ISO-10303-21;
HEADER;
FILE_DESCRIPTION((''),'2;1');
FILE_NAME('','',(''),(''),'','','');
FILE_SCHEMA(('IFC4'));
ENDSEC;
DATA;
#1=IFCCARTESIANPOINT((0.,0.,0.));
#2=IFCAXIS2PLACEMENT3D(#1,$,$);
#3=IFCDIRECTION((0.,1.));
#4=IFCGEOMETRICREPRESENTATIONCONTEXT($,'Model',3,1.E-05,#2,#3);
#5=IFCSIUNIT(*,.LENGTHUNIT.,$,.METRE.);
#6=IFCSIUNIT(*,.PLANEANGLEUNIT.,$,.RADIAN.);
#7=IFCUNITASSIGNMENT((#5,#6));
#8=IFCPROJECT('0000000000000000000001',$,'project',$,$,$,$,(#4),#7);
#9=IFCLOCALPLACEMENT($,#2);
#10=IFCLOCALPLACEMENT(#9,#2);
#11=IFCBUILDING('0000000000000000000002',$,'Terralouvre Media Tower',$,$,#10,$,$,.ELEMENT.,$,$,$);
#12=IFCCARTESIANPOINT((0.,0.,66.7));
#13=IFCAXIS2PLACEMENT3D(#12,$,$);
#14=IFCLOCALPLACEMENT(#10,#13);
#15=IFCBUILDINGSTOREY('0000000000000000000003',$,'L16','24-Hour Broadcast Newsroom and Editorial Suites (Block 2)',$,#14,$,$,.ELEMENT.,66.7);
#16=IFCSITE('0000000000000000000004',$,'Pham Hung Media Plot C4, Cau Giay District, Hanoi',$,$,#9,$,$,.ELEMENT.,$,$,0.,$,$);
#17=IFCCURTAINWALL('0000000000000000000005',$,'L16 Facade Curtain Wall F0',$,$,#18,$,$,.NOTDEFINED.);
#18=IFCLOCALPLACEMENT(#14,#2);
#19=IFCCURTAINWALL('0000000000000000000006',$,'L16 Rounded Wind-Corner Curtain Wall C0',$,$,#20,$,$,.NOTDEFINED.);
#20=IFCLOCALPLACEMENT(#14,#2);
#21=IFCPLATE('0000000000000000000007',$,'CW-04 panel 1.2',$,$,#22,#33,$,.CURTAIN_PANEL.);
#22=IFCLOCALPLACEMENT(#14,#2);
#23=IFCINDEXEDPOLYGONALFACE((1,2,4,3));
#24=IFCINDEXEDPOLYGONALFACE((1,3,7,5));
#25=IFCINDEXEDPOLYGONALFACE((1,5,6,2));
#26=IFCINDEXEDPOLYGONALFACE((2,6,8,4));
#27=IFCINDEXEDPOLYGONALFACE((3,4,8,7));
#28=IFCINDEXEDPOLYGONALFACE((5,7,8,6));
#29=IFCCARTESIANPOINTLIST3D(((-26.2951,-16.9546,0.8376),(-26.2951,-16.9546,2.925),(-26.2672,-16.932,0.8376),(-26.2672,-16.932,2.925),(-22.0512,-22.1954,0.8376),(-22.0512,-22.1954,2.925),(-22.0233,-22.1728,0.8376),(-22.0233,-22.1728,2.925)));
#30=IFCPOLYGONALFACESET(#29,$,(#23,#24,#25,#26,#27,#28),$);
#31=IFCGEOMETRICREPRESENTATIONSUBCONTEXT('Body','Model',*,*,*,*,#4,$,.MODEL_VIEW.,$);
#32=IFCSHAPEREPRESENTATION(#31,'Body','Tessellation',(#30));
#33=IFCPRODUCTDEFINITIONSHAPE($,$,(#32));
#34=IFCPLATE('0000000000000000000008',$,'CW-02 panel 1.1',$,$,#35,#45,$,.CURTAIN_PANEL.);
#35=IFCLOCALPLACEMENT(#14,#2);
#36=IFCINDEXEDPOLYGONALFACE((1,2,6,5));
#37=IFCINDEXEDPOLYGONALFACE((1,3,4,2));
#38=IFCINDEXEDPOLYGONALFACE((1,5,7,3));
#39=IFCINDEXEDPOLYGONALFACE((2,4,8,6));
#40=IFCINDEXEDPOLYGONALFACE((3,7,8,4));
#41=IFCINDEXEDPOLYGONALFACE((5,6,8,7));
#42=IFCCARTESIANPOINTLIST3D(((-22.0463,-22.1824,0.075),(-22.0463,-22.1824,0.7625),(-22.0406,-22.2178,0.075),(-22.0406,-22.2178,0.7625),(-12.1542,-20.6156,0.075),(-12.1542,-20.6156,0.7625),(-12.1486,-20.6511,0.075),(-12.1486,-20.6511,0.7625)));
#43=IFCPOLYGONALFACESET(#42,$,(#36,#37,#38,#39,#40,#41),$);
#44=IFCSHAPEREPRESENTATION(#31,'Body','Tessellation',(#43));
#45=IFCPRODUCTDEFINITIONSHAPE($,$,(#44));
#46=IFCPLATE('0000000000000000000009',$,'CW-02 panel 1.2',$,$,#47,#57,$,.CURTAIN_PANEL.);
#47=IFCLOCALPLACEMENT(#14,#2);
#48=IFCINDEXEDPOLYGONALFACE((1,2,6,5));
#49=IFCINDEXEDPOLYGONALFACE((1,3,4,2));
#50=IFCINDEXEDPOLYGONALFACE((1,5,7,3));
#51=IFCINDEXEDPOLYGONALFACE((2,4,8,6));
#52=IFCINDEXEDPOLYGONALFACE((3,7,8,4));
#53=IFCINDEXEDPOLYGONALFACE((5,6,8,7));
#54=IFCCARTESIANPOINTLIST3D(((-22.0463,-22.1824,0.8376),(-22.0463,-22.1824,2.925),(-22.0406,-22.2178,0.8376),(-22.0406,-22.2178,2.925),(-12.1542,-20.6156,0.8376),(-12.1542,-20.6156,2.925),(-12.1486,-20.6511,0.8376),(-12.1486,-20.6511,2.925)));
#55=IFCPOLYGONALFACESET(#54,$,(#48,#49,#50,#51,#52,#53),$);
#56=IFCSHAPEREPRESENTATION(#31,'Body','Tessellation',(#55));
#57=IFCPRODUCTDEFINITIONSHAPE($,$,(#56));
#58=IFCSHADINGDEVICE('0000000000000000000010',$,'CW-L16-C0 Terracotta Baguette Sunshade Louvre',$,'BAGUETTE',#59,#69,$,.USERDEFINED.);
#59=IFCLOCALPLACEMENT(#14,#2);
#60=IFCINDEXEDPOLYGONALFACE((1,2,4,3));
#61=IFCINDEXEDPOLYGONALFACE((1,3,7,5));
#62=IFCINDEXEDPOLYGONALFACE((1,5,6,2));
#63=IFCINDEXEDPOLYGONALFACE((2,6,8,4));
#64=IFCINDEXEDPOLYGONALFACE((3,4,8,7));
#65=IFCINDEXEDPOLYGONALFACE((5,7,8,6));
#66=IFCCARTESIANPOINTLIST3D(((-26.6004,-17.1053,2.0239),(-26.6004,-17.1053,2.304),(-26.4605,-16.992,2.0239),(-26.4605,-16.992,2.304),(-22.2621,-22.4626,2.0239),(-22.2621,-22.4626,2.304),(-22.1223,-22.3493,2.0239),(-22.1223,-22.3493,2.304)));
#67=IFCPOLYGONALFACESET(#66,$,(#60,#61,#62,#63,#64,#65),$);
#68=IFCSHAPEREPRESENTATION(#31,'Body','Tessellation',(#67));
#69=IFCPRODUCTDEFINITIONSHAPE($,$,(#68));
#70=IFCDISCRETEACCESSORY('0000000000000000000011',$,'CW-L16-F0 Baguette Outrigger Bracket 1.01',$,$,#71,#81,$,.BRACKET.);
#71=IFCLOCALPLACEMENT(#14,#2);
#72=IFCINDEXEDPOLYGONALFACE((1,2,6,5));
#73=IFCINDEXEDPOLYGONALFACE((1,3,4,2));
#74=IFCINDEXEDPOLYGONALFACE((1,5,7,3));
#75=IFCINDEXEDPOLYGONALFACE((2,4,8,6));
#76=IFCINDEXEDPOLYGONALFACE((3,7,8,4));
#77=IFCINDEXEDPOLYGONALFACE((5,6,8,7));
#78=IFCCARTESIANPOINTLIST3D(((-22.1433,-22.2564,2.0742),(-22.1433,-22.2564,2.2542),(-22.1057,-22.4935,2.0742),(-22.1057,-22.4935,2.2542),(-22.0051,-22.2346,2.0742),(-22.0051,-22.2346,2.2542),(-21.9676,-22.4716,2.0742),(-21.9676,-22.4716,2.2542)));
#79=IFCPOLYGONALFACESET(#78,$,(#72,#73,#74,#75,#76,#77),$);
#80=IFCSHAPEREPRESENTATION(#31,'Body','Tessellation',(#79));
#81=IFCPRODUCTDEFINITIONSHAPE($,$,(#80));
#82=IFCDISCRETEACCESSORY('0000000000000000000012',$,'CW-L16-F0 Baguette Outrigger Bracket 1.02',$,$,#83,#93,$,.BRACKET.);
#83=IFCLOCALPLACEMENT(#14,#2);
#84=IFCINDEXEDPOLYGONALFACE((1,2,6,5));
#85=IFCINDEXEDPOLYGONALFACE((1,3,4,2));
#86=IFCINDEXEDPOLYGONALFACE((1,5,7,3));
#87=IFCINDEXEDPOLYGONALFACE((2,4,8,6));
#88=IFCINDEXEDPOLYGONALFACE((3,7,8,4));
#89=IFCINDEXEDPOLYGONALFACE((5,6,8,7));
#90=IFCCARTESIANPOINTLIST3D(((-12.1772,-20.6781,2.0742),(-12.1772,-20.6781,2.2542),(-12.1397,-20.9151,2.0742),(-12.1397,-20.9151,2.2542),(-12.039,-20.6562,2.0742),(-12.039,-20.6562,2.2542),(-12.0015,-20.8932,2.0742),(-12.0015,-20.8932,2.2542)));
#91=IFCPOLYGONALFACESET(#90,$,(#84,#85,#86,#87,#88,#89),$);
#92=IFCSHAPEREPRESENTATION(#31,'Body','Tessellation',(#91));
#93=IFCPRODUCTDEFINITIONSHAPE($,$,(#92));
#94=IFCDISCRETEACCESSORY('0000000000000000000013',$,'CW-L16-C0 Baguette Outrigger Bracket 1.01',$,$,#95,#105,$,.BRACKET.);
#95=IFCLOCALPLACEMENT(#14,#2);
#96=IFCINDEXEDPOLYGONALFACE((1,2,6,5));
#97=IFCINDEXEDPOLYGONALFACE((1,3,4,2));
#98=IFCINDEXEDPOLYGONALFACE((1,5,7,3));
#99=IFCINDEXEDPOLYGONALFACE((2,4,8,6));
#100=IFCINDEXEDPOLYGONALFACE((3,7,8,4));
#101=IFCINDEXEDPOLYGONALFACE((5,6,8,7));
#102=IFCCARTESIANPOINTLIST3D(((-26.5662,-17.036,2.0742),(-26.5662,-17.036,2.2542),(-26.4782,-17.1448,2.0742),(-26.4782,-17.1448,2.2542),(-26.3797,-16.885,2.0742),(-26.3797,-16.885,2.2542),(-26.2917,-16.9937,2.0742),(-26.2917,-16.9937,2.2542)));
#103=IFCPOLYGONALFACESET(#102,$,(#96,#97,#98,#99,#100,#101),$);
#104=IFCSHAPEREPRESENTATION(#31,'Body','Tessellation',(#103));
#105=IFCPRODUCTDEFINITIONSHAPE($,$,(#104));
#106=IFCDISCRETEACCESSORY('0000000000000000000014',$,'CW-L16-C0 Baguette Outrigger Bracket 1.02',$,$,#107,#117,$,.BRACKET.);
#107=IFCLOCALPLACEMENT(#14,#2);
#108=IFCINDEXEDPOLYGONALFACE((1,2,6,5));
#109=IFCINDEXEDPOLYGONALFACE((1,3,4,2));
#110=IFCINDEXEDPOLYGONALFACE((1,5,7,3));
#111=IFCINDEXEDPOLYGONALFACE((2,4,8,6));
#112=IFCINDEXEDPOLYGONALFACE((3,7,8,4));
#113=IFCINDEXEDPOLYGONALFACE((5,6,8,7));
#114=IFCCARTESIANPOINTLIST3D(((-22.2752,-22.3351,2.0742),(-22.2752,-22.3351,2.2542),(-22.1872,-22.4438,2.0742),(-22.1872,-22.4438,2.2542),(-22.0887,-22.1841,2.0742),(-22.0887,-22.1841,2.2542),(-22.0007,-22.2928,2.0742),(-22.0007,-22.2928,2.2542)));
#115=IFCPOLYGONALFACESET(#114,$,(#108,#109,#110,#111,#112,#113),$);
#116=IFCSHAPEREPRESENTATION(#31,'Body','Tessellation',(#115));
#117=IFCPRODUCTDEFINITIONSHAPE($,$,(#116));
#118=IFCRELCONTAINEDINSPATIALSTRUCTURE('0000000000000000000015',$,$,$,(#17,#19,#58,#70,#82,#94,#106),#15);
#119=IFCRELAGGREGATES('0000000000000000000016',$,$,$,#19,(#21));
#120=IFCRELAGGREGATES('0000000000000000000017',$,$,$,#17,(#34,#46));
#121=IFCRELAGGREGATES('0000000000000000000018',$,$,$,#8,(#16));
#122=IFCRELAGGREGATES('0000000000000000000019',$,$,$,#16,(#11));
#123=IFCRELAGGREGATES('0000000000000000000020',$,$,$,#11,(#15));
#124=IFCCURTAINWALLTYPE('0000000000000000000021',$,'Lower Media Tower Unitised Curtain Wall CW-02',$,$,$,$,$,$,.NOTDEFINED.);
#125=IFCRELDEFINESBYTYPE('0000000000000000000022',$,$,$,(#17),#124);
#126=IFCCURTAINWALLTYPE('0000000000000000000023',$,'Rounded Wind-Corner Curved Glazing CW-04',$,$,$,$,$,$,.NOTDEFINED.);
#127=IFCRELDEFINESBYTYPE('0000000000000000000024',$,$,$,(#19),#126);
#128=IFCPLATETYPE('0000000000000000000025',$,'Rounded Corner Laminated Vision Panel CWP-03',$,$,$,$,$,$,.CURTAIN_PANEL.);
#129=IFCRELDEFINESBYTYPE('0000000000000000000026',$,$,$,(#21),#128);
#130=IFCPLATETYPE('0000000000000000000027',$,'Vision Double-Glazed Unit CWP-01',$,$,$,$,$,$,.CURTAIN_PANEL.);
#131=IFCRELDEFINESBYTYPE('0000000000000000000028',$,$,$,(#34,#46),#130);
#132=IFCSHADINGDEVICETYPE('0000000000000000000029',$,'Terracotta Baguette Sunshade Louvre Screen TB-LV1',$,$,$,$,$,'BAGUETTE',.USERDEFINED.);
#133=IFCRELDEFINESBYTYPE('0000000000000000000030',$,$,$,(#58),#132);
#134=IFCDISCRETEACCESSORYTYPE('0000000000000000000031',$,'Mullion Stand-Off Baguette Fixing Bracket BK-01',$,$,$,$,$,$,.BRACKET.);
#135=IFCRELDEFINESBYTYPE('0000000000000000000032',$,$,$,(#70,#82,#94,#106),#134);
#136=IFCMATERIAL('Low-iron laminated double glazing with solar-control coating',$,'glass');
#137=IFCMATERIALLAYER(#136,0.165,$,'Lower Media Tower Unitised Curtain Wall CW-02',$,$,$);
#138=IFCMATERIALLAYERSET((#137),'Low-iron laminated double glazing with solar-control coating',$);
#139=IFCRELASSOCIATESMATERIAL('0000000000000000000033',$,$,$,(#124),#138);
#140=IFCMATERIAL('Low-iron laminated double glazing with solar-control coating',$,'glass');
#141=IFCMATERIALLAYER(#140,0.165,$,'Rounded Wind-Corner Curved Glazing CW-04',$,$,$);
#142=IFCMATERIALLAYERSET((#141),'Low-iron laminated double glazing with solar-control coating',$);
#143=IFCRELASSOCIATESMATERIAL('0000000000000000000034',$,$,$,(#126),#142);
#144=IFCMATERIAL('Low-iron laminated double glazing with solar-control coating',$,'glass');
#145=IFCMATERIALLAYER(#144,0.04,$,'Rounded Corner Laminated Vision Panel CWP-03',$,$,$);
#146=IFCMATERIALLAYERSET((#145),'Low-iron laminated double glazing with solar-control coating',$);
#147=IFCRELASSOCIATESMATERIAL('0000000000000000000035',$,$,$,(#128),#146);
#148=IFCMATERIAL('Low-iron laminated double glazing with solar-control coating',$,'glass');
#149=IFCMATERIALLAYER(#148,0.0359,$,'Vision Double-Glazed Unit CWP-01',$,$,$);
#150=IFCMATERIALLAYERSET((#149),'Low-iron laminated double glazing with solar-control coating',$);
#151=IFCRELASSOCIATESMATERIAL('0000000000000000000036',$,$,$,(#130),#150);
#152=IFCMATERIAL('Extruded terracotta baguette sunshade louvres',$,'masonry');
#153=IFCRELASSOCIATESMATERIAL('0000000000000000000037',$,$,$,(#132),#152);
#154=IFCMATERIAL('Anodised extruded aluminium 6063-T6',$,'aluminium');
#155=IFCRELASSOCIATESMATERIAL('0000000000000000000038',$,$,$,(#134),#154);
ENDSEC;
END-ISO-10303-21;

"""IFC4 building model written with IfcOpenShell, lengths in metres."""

from ifc_helpers import new_model, si_unit, direction, frame, origin, origin_2d, place, context, subcontext, project, spatial, rectangle, extrude, material, layer, layer_set, type_object, element, aggregate, save


model = new_model("IFC4")

# Units and contexts
model_context = context("Model", 3, precision=1e-05, world=origin(), true_north=direction((0.0, 1.0)))
body_context = subcontext(model_context, "Body", "Model", "MODEL_VIEW")
ifc_project = project(units=[si_unit("LENGTHUNIT", "METRE"), si_unit("PLANEANGLEUNIT", "RADIAN")], contexts=[model_context])

# Site, building, storey
site_placement = place(None, origin())
site = spatial("IfcSite", under=ifc_project, at=site_placement, Name="Pham Hung Media Plot C4, Cau Giay District, Hanoi", CompositionType="ELEMENT", RefElevation=0.0)
building_placement = place(site_placement, origin())
building = spatial("IfcBuilding", under=site, at=building_placement, Name="Terralouvre Media Tower", CompositionType="ELEMENT")
storey_placement = place(building_placement, frame((0.0, 0.0, 66.7)))
storey = spatial("IfcBuildingStorey", under=building, at=storey_placement, Name="L16", Description="24-Hour Broadcast Newsroom and Editorial Suites (Block 2)", CompositionType="ELEMENT", Elevation=66.7)

# Curtain walls
ifc_material_1 = material(Name="Low-iron laminated double glazing with solar-control coating", Category="glass")
ifc_layer_1 = layer(ifc_material_1, 0.165, Name="Lower Media Tower Unitised Curtain Wall CW-02")
ifc_layer_set_1 = layer_set([ifc_layer_1], Name="Low-iron laminated double glazing with solar-control coating")
curtain_wall_type_1 = type_object("IfcCurtainWallType", Name="Lower Media Tower Unitised Curtain Wall CW-02", PredefinedType="NOTDEFINED", material=ifc_layer_set_1)
curtain_wall_1_placement = place(storey_placement, origin())
curtain_wall_1 = element("IfcCurtainWall", 1, at=curtain_wall_1_placement, inside=storey, type_object=curtain_wall_type_1, Name="L16 Facade Curtain Wall F0", PredefinedType="NOTDEFINED")
ifc_material_2 = material(Name="Low-iron laminated double glazing with solar-control coating", Category="glass")
ifc_layer_2 = layer(ifc_material_2, 0.165, Name="Rounded Wind-Corner Curved Glazing CW-04")
ifc_layer_set_2 = layer_set([ifc_layer_2], Name="Low-iron laminated double glazing with solar-control coating")
curtain_wall_type_2 = type_object("IfcCurtainWallType", Name="Rounded Wind-Corner Curved Glazing CW-04", PredefinedType="NOTDEFINED", material=ifc_layer_set_2)
curtain_wall_2_placement = place(storey_placement, origin())
curtain_wall_2 = element("IfcCurtainWall", 2, at=curtain_wall_2_placement, inside=storey, type_object=curtain_wall_type_2, Name="L16 Rounded Wind-Corner Curtain Wall C0", PredefinedType="NOTDEFINED")

# Plates
ifc_material_3 = material(Name="Low-iron laminated double glazing with solar-control coating", Category="glass")
ifc_layer_3 = layer(ifc_material_3, 0.04, Name="Rounded Corner Laminated Vision Panel CWP-03")
ifc_layer_set_3 = layer_set([ifc_layer_3], Name="Low-iron laminated double glazing with solar-control coating")
plate_type_1 = type_object("IfcPlateType", Name="Rounded Corner Laminated Vision Panel CWP-03", PredefinedType="CURTAIN_PANEL", material=ifc_layer_set_3)
plate_1_placement = place(storey_placement, frame((-24.1592, -19.5637, 0.8376), z_axis=(0.0, 0.0, 1.0), x_axis=(0.62932, -0.777146, 0.0)))
plate_1 = element("IfcPlate", 3, at=plate_1_placement, type_object=plate_type_1, Name="CW-04 panel 1.2", PredefinedType="CURTAIN_PANEL", context=body_context, shape_type="SweptSolid", body=[
    extrude(rectangle(XDim=6.7437, YDim=0.0359, at=origin_2d()), origin(), (0.0, 0.0, 1.0), 2.0874),
])
aggregate(curtain_wall_2, [plate_1])
ifc_material_4 = material(Name="Low-iron laminated double glazing with solar-control coating", Category="glass")
ifc_layer_4 = layer(ifc_material_4, 0.0359, Name="Vision Double-Glazed Unit CWP-01")
ifc_layer_set_4 = layer_set([ifc_layer_4], Name="Low-iron laminated double glazing with solar-control coating")
plate_type_2 = type_object("IfcPlateType", Name="Vision Double-Glazed Unit CWP-01", PredefinedType="CURTAIN_PANEL", material=ifc_layer_set_4)
plate_2_placement = place(storey_placement, frame((-17.0974, -21.4167, 0.075), z_axis=(0.0, 0.0, 1.0), x_axis=(0.987688, 0.156434, 0.0)))
plate_2 = element("IfcPlate", 4, at=plate_2_placement, type_object=plate_type_2, Name="CW-02 panel 1.1", PredefinedType="CURTAIN_PANEL", context=body_context, shape_type="SweptSolid", body=[
    extrude(rectangle(XDim=10.0154, YDim=0.0359, at=origin_2d()), origin(), (0.0, 0.0, 1.0), 0.6875),
])
plate_3_placement = place(storey_placement, frame((-17.0974, -21.4167, 0.8376), z_axis=(0.0, 0.0, 1.0), x_axis=(0.987688, 0.156434, 0.0)))
plate_3 = element("IfcPlate", 5, at=plate_3_placement, type_object=plate_type_2, Name="CW-02 panel 1.2", PredefinedType="CURTAIN_PANEL", context=body_context, shape_type="SweptSolid", body=[
    extrude(rectangle(XDim=10.0154, YDim=0.0359, at=origin_2d()), origin(), (0.0, 0.0, 1.0), 2.0874),
])
aggregate(curtain_wall_1, [plate_2, plate_3])

# Shading device
ifc_material_5 = material(Name="Extruded terracotta baguette sunshade louvres", Category="masonry")
shading_device_type = type_object("IfcShadingDeviceType", Name="Terracotta Baguette Sunshade Louvre Screen TB-LV1", ElementType="BAGUETTE", PredefinedType="USERDEFINED", material=ifc_material_5)
shading_device_placement = place(storey_placement, frame((-24.3613, -19.7273, 2.0239), z_axis=(0.0, 0.0, 1.0), x_axis=(0.62932, -0.777146, 0.0)))
element("IfcShadingDevice", 6, at=shading_device_placement, inside=storey, type_object=shading_device_type, Name="CW-L16-C0 Terracotta Baguette Sunshade Louvre", ObjectType="BAGUETTE", PredefinedType="USERDEFINED", context=body_context, shape_type="SweptSolid", body=[
    extrude(rectangle(XDim=6.8936, YDim=0.1799, at=origin_2d()), origin(), (0.0, 0.0, 1.0), 0.28),
])

# Discrete accessories
ifc_material_6 = material(Name="Anodised extruded aluminium 6063-T6", Category="aluminium")
discrete_accessory_type = type_object("IfcDiscreteAccessoryType", Name="Mullion Stand-Off Baguette Fixing Bracket BK-01", PredefinedType="BRACKET", material=ifc_material_6)
for number, where, z_axis, x_axis, name in (
    (7, (-22.0554, -22.364, 2.0742), (0.0, 0.0, 1.0), (0.987688, 0.156434, 0.0), "CW-L16-F0 Baguette Outrigger Bracket 1.01"),
    (8, (-12.0894, -20.7856, 2.0742), (0.0, 0.0, 1.0), (0.987688, 0.156434, 0.0), "CW-L16-F0 Baguette Outrigger Bracket 1.02"),
    (9, (-26.429, -17.0149, 2.0742), (0.0, 0.0, 1.0), (0.62932, -0.777146, 0.0), "CW-L16-C0 Baguette Outrigger Bracket 1.01"),
    (10, (-22.1379, -22.314, 2.0742), (0.0, 0.0, 1.0), (0.62932, -0.777146, 0.0), "CW-L16-C0 Baguette Outrigger Bracket 1.02"),
):
    element("IfcDiscreteAccessory", number, at=place(storey_placement, frame(where, z_axis=z_axis, x_axis=x_axis)), inside=storey, type_object=discrete_accessory_type, Name=name, PredefinedType="BRACKET", context=body_context, shape_type="SweptSolid", body=[
        extrude(rectangle(XDim=0.1399, YDim=0.24, at=origin_2d()), origin(), (0.0, 0.0, 1.0), 0.1799),
    ])

save(model, "model.ifc")
